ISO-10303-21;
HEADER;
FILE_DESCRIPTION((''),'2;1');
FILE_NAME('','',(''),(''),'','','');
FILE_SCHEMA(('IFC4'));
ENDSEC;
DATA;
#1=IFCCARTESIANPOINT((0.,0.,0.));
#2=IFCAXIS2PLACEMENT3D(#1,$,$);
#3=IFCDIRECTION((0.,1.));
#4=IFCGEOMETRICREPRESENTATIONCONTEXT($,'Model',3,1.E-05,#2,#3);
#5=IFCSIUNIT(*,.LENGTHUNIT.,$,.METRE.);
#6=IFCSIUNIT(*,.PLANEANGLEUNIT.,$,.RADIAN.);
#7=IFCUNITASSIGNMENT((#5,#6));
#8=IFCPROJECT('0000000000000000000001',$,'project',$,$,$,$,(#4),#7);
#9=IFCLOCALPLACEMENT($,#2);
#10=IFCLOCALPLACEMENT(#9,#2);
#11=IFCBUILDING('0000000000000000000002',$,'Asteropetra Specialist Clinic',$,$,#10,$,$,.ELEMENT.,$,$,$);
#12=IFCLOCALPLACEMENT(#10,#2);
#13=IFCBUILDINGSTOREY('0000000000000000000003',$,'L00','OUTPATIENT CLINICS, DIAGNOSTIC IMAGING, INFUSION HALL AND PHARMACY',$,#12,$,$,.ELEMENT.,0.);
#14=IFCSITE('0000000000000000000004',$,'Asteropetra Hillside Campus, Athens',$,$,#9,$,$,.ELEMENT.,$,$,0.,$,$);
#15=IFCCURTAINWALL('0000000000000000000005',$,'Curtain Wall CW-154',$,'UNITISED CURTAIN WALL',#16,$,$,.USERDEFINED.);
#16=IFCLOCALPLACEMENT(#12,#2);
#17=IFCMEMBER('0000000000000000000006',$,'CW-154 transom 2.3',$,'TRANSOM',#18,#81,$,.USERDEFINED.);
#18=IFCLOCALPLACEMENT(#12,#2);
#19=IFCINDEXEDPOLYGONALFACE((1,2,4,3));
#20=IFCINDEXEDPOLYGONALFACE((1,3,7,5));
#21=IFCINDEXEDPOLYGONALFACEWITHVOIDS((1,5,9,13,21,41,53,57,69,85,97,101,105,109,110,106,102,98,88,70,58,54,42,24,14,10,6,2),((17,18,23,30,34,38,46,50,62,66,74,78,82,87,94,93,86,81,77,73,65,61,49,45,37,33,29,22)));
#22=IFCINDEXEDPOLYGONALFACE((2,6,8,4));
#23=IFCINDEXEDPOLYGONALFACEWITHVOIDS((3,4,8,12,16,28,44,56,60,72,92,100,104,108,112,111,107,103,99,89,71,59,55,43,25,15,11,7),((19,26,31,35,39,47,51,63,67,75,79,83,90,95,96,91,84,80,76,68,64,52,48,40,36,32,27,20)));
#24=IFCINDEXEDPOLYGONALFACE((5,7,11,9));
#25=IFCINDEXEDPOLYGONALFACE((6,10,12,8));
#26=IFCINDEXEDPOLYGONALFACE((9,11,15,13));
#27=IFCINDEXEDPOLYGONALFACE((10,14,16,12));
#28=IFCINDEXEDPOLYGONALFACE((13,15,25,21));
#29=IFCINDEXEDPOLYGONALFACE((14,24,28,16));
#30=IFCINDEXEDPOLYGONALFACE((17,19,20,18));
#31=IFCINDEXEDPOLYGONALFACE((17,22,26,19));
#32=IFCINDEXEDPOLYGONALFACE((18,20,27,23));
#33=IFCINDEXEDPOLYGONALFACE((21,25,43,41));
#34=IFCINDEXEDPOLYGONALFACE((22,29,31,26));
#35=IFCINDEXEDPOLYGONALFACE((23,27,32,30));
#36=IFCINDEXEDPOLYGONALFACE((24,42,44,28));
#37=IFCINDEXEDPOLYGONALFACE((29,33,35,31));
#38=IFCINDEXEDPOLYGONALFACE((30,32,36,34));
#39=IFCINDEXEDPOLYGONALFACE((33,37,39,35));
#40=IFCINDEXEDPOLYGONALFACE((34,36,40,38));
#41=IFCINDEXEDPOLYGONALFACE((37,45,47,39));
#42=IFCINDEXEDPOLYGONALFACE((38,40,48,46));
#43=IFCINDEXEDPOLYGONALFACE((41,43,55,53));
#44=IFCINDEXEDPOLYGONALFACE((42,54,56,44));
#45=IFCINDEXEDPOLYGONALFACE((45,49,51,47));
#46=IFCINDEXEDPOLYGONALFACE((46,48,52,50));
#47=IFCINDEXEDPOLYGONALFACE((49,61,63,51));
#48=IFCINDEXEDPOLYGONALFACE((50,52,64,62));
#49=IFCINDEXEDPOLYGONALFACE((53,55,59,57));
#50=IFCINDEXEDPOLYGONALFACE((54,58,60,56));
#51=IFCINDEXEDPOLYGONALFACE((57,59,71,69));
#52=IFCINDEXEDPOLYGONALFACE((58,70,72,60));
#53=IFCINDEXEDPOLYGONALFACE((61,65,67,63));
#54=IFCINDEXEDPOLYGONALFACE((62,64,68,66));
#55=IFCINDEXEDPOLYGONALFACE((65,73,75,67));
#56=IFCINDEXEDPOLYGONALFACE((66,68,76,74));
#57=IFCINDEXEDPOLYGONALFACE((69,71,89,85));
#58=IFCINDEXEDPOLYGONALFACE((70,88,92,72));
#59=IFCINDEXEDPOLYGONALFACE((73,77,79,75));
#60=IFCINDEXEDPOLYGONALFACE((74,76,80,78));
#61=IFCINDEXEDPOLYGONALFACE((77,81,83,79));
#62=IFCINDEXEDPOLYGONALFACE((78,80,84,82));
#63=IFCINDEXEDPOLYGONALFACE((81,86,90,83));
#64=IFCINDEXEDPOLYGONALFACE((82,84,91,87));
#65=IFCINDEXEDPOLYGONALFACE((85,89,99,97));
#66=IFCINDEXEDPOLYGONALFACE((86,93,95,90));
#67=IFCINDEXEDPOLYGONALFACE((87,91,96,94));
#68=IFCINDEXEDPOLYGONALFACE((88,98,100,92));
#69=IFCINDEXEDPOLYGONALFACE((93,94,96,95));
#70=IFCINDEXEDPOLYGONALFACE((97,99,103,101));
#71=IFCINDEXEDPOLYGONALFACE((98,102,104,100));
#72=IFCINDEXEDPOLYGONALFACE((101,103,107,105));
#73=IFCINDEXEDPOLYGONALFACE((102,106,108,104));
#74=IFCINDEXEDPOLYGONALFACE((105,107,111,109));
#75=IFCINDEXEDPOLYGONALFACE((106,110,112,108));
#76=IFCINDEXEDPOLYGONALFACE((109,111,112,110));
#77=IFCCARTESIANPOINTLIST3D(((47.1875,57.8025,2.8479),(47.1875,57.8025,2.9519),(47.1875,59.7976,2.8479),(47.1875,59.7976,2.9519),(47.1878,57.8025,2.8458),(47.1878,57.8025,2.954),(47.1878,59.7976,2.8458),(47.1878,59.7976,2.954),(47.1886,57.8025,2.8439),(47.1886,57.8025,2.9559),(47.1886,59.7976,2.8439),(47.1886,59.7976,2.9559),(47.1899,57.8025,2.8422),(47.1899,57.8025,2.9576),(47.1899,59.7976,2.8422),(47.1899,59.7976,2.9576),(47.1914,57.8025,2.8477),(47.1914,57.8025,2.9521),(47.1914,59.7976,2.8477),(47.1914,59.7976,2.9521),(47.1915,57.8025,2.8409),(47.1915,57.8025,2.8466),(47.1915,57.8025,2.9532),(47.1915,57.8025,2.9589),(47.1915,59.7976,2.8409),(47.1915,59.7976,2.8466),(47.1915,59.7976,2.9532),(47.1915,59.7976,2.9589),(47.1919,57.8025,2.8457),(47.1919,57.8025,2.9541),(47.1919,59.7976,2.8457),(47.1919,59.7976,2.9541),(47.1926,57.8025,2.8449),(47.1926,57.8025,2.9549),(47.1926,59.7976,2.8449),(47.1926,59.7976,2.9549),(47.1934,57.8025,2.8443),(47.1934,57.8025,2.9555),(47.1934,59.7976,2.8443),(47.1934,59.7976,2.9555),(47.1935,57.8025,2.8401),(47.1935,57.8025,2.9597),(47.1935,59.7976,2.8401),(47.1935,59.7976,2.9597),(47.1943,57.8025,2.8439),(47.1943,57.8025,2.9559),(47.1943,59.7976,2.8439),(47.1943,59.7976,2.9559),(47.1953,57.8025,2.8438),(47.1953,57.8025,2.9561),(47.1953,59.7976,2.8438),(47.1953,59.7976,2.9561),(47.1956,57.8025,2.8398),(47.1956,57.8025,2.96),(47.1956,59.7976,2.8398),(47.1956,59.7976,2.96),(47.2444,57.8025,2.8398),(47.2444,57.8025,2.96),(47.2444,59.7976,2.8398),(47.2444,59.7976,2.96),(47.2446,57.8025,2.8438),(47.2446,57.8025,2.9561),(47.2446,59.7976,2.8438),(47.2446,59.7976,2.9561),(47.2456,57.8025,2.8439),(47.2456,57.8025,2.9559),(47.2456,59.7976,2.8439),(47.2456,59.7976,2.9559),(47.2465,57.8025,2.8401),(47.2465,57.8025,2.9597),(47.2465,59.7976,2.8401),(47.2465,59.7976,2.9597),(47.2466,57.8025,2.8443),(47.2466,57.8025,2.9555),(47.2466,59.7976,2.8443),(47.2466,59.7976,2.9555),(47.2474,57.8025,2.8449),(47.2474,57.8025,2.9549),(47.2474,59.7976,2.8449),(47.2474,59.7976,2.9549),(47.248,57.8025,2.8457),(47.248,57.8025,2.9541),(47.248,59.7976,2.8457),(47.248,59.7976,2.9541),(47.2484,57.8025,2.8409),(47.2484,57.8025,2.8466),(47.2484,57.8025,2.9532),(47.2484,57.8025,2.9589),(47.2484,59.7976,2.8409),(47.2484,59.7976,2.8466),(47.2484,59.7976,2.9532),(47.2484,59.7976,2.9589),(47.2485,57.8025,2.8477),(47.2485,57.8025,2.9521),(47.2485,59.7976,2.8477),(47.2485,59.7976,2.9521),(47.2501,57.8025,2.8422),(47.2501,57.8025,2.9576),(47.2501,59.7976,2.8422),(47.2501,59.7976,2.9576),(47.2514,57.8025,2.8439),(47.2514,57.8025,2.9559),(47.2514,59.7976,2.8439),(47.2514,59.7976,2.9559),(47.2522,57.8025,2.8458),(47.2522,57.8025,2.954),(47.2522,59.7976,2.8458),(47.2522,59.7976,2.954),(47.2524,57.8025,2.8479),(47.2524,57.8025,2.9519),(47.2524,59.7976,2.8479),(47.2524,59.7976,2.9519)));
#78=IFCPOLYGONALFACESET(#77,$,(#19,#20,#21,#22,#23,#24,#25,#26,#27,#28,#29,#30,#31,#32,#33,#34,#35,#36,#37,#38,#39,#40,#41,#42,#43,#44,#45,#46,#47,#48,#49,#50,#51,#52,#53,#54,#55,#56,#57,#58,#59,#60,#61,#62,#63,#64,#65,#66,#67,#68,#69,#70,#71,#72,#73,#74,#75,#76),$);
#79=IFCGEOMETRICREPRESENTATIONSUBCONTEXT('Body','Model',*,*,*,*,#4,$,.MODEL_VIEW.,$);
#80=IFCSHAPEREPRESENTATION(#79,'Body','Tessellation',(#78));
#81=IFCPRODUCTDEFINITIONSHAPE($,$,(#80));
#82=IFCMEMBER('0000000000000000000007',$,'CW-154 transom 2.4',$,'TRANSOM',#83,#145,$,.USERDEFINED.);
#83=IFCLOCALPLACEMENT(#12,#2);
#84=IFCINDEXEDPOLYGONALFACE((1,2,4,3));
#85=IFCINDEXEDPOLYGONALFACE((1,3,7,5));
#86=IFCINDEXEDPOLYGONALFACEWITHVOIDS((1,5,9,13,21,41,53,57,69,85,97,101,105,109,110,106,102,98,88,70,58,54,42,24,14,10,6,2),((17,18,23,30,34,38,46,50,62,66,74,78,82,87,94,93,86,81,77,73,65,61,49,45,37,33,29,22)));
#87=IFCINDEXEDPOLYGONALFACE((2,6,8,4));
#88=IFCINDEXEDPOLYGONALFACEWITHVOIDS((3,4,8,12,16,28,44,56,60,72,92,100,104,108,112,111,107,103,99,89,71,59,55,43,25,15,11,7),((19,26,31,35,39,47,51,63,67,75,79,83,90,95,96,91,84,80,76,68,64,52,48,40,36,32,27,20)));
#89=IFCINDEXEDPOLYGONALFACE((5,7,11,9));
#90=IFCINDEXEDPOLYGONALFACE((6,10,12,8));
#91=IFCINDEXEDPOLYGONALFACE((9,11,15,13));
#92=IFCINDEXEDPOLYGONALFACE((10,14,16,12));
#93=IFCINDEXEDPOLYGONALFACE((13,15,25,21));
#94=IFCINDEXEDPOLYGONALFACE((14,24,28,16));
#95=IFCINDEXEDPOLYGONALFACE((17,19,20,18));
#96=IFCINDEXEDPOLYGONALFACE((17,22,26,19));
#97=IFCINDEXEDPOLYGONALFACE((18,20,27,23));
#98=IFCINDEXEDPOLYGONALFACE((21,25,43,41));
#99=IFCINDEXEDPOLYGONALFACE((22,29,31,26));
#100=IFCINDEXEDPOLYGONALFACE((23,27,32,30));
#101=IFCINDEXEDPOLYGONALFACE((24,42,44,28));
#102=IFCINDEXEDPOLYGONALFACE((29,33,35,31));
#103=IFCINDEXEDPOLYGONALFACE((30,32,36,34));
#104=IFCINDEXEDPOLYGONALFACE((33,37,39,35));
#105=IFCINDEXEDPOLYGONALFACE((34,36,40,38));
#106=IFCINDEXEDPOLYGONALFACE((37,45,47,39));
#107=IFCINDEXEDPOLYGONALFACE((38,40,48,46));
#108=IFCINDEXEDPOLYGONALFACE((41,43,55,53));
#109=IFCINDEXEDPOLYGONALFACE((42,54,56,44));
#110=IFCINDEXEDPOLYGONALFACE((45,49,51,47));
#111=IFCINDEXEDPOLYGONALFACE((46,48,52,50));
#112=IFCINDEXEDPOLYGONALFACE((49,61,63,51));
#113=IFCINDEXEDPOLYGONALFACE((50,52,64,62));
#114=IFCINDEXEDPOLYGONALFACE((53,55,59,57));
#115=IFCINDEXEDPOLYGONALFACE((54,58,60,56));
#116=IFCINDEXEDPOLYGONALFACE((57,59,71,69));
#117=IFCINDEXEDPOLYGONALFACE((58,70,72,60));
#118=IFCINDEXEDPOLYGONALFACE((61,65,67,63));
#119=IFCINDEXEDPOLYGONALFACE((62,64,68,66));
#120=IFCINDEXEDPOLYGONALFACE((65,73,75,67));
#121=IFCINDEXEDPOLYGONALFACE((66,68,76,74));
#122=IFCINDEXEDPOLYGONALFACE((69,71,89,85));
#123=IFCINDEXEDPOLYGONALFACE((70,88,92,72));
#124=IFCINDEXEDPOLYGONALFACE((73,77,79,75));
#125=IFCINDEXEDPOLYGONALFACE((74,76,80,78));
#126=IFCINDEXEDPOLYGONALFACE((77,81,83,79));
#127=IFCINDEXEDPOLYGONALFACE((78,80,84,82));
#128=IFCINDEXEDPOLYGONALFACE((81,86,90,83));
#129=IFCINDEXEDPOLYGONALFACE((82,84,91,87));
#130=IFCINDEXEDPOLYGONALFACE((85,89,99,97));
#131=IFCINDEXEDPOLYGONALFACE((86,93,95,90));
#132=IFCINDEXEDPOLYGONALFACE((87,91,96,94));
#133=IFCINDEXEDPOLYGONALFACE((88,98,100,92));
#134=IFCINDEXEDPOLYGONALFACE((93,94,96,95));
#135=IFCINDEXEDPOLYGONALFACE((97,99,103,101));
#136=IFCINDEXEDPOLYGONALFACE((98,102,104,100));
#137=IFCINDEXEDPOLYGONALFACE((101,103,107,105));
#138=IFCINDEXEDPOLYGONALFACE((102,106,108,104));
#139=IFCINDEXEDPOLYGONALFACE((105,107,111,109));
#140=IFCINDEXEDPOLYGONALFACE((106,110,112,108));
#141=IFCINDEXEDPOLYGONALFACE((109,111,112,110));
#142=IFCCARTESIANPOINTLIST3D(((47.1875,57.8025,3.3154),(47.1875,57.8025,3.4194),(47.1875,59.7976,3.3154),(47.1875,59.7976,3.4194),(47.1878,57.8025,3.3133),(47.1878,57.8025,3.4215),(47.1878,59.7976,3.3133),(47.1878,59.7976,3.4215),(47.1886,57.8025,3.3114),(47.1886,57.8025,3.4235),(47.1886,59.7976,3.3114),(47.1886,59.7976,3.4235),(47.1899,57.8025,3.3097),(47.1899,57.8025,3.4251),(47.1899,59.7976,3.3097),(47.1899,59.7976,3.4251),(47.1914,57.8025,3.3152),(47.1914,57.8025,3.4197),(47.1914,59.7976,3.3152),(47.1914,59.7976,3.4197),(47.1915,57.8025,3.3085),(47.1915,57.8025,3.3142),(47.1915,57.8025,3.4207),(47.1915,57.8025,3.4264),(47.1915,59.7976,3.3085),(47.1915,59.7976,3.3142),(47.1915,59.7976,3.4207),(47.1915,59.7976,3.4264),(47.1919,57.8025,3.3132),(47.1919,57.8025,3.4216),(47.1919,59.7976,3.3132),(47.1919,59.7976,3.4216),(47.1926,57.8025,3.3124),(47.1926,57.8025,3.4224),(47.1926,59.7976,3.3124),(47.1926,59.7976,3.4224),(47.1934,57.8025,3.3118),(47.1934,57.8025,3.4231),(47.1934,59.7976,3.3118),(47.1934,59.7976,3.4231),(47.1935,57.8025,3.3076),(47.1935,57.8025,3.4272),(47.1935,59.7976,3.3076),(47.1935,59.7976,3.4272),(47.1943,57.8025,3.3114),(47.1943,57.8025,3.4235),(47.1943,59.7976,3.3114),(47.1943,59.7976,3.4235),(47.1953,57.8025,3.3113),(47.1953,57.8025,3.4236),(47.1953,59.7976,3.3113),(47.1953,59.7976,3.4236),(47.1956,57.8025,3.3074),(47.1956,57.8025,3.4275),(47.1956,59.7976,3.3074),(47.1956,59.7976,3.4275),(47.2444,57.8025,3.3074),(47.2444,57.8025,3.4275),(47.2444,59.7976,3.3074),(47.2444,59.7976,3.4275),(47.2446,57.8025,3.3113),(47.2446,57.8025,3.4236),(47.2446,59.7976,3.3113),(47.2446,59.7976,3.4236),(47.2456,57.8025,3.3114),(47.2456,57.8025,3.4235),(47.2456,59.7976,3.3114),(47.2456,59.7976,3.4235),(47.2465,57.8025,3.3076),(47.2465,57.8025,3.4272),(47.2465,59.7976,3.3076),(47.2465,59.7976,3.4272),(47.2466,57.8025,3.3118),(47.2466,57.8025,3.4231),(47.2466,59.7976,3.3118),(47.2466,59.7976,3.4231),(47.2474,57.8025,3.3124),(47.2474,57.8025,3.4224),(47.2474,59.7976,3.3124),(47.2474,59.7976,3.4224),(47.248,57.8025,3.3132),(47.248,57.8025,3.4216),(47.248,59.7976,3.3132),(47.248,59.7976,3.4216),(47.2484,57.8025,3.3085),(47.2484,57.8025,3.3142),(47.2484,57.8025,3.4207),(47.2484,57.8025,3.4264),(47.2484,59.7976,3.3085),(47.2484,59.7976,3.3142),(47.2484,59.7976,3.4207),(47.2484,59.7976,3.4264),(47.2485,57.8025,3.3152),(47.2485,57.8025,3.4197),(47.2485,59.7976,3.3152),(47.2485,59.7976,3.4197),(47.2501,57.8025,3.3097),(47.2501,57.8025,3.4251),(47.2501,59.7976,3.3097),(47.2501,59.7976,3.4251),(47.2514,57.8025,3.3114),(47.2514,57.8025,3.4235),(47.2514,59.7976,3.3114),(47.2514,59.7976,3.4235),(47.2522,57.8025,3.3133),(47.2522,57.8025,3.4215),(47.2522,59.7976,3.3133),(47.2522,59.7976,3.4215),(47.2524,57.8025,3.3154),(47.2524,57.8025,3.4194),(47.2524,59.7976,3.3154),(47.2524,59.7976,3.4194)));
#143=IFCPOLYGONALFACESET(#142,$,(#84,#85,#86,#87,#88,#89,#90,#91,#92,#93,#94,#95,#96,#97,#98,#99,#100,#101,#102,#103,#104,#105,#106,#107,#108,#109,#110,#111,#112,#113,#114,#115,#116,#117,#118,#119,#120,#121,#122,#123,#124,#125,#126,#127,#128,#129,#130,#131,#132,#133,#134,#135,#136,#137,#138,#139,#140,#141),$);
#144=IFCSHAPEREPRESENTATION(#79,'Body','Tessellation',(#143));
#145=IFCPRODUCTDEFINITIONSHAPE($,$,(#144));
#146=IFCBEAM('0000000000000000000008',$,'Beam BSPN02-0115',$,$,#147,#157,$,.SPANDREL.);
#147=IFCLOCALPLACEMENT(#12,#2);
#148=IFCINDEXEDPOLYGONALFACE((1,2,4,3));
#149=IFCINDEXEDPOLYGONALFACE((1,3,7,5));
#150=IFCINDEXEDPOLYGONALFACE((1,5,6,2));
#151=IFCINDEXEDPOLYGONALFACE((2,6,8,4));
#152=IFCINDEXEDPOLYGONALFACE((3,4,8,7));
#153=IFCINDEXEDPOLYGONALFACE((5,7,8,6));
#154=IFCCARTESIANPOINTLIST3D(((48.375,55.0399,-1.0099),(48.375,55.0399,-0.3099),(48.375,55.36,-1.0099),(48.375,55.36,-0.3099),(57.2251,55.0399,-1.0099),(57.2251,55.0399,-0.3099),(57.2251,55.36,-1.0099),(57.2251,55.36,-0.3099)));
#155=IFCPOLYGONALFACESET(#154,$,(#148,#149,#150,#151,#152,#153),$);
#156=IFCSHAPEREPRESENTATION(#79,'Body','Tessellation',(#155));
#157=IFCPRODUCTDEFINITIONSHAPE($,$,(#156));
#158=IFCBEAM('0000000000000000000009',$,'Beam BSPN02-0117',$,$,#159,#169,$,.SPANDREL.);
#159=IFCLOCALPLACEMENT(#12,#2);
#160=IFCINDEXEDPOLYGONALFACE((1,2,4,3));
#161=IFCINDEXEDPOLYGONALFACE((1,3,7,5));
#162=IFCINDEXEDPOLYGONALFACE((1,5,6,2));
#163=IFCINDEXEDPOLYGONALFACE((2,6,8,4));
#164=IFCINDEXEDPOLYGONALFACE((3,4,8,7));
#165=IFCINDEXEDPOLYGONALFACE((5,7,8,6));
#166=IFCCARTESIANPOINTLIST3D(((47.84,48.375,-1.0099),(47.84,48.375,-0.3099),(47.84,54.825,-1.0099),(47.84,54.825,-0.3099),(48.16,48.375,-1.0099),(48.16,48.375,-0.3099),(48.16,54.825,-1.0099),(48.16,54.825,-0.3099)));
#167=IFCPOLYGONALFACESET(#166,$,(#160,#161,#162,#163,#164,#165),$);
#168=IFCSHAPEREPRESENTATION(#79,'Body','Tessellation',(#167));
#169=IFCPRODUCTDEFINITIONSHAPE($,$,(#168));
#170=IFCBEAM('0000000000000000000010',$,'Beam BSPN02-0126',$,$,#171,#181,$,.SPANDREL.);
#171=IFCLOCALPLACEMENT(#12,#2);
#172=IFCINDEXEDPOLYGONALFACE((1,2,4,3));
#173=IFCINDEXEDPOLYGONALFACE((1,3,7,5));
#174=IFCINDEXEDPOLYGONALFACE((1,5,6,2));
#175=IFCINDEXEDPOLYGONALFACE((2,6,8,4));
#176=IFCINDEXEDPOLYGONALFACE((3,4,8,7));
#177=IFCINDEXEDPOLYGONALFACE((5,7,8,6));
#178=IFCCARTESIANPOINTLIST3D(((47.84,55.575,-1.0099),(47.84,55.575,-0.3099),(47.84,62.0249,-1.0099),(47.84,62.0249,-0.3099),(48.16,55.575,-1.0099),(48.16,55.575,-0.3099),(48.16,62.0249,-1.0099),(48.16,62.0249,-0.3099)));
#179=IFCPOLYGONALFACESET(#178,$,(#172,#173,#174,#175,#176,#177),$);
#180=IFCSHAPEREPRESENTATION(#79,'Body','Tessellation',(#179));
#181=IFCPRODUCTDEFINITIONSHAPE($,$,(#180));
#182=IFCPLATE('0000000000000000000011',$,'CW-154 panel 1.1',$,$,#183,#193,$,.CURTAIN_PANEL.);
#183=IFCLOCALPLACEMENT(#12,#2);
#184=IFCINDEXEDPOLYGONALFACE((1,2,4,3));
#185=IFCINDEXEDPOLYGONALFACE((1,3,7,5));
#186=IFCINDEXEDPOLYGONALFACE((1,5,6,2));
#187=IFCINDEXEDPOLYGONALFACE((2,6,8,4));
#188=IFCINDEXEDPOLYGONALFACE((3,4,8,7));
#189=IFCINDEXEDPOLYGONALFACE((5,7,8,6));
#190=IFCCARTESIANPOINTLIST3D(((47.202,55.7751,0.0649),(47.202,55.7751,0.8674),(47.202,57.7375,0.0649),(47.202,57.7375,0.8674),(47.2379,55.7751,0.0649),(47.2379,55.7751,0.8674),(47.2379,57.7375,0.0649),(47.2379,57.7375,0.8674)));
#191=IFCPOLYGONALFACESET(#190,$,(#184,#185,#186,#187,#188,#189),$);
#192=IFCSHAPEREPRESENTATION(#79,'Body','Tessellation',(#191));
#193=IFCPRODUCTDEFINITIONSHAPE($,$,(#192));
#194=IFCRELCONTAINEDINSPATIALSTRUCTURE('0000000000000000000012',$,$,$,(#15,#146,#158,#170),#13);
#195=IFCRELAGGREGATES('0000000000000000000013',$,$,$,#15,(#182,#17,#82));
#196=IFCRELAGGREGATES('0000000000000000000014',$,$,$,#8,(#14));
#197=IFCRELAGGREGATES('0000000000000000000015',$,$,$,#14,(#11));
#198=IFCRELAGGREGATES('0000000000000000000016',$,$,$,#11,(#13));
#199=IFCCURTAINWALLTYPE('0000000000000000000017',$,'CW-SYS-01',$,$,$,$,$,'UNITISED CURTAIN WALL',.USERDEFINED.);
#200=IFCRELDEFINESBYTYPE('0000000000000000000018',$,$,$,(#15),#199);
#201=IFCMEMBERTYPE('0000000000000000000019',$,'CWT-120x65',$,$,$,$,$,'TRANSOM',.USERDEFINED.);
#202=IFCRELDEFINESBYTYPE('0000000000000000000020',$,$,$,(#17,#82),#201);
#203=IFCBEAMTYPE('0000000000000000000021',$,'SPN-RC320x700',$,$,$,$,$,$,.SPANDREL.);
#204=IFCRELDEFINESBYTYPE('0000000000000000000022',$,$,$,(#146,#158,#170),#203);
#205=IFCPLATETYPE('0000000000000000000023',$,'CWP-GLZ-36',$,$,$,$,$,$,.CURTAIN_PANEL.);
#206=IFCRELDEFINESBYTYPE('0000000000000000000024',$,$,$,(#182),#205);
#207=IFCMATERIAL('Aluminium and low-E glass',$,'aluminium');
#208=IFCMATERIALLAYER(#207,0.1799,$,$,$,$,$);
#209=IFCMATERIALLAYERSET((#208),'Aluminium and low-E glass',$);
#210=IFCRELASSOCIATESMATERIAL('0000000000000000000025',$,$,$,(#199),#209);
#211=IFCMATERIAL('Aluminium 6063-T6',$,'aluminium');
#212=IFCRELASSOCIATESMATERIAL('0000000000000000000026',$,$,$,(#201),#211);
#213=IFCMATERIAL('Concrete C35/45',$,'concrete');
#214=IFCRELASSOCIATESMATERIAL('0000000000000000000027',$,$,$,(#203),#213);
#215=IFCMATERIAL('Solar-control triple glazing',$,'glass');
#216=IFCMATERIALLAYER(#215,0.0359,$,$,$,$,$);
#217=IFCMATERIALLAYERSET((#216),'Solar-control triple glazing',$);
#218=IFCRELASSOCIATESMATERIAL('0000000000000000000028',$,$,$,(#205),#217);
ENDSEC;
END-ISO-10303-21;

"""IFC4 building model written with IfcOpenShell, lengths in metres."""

from ifc_helpers import new_model, si_unit, direction, frame, origin, origin_2d, place, context, subcontext, project, spatial, rectangle, hollow_rectangle, extrude, material, layer, layer_set, material_profile, profile_set, type_object, element, aggregate, save


model = new_model("IFC4")

# Units and contexts
model_context = context("Model", 3, precision=1e-05, world=origin(), true_north=direction((0.0, 1.0)))
body_context = subcontext(model_context, "Body", "Model", "MODEL_VIEW")
ifc_project = project(units=[si_unit("LENGTHUNIT", "METRE"), si_unit("PLANEANGLEUNIT", "RADIAN")], contexts=[model_context])

# Site, building, storey
site_placement = place(None, origin())
site = spatial("IfcSite", under=ifc_project, at=site_placement, Name="Asteropetra Hillside Campus, Athens", CompositionType="ELEMENT", RefElevation=0.0)
building_placement = place(site_placement, origin())
building = spatial("IfcBuilding", under=site, at=building_placement, Name="Asteropetra Specialist Clinic", CompositionType="ELEMENT")
storey_placement = place(building_placement, origin())
storey = spatial("IfcBuildingStorey", under=building, at=storey_placement, Name="L00", Description="OUTPATIENT CLINICS, DIAGNOSTIC IMAGING, INFUSION HALL AND PHARMACY", CompositionType="ELEMENT", Elevation=0.0)

# Curtain wall, members
ifc_material_1 = material(Name="Aluminium and low-E glass", Category="aluminium")
ifc_layer_1 = layer(ifc_material_1, 0.1799)
ifc_layer_set_1 = layer_set([ifc_layer_1], Name="Aluminium and low-E glass")
curtain_wall_type = type_object("IfcCurtainWallType", Name="CW-SYS-01", ElementType="UNITISED CURTAIN WALL", PredefinedType="USERDEFINED", material=ifc_layer_set_1)
curtain_wall_placement = place(storey_placement, origin())
curtain_wall = element("IfcCurtainWall", 1, at=curtain_wall_placement, inside=storey, type_object=curtain_wall_type, Name="Curtain Wall CW-154", ObjectType="UNITISED CURTAIN WALL", PredefinedType="USERDEFINED")
ifc_material_2 = material(Name="Aluminium 6063-T6", Category="aluminium")
ifc_material_profile_1 = material_profile(ifc_material_2, hollow_rectangle(XDim=0.0649, YDim=0.1201, WallThickness=0.0039, InnerFilletRadius=0.0039, OuterFilletRadius=0.0081, at=origin_2d()), Name="TRN 120x65x4.0")
ifc_profile_set_1 = profile_set([ifc_material_profile_1], Name="Aluminium 6063-T6")
member_type_1 = type_object("IfcMemberType", Name="CWT-120x65", ElementType="TRANSOM", PredefinedType="USERDEFINED", material=ifc_profile_set_1)
member_1_placement = place(storey_placement, frame((47.22, 57.8025, 2.8999), z_axis=(0.0, 1.0, 0.0), x_axis=(-1.0, 0.0, 0.0)))
member_1 = element("IfcMember", 2, at=member_1_placement, type_object=member_type_1, Name="CW-154 transom 2.3", ObjectType="TRANSOM", PredefinedType="USERDEFINED", context=body_context, shape_type="SweptSolid", body=[
    extrude(hollow_rectangle(XDim=0.0649, YDim=0.1201, WallThickness=0.0039, InnerFilletRadius=0.0039, OuterFilletRadius=0.0081, at=origin_2d()), origin(), (0.0, 0.0, 1.0), 1.9951),
])
member_2_placement = place(storey_placement, frame((47.22, 57.8025, 3.3674), z_axis=(0.0, 1.0, 0.0), x_axis=(-1.0, 0.0, 0.0)))
member_2 = element("IfcMember", 3, at=member_2_placement, type_object=member_type_1, Name="CW-154 transom 2.4", ObjectType="TRANSOM", PredefinedType="USERDEFINED", context=body_context, shape_type="SweptSolid", body=[
    extrude(hollow_rectangle(XDim=0.0649, YDim=0.1201, WallThickness=0.0039, InnerFilletRadius=0.0039, OuterFilletRadius=0.0081, at=origin_2d()), origin(), (0.0, 0.0, 1.0), 1.9951),
])

# Beams
ifc_material_3 = material(Name="Concrete C35/45", Category="concrete")
ifc_material_profile_2 = material_profile(ifc_material_3, rectangle(XDim=0.3201, YDim=0.7, at=origin_2d()), Name="RCS 320x700")
ifc_profile_set_2 = profile_set([ifc_material_profile_2], Name="Concrete C35/45")
beam_type = type_object("IfcBeamType", Name="SPN-RC320x700", PredefinedType="SPANDREL", material=ifc_profile_set_2)
beam_placement = place(storey_placement, frame((48.375, 55.2, -0.6599), z_axis=(1.0, 0.0, 0.0), x_axis=(0.0, 1.0, 0.0)))
element("IfcBeam", 4, at=beam_placement, inside=storey, type_object=beam_type, Name="Beam BSPN02-0115", PredefinedType="SPANDREL", context=body_context, shape_type="SweptSolid", body=[
    extrude(rectangle(XDim=0.3201, YDim=0.7, at=origin_2d()), origin(), (0.0, 0.0, 1.0), 8.8501),
])
for number, where, z_axis, x_axis, name in (
    (5, (48.0, 48.375, -0.6599), (0.0, 1.0, 0.0), (-1.0, 0.0, 0.0), "Beam BSPN02-0117"),
    (6, (48.0, 55.575, -0.6599), (0.0, 1.0, 0.0), (-1.0, 0.0, 0.0), "Beam BSPN02-0126"),
):
    element("IfcBeam", number, at=place(storey_placement, frame(where, z_axis=z_axis, x_axis=x_axis)), inside=storey, type_object=beam_type, Name=name, PredefinedType="SPANDREL", context=body_context, shape_type="SweptSolid", body=[
        extrude(rectangle(XDim=0.3201, YDim=0.7, at=origin_2d()), origin(), (0.0, 0.0, 1.0), 6.45),
    ])

# Plate
ifc_material_4 = material(Name="Solar-control triple glazing", Category="glass")
ifc_layer_2 = layer(ifc_material_4, 0.0359)
ifc_layer_set_2 = layer_set([ifc_layer_2], Name="Solar-control triple glazing")
plate_type = type_object("IfcPlateType", Name="CWP-GLZ-36", PredefinedType="CURTAIN_PANEL", material=ifc_layer_set_2)
plate_1_placement = place(storey_placement, frame((47.22, 56.7563, 0.0649), z_axis=(0.0, 0.0, 1.0), x_axis=(0.0, 1.0, 0.0)))
plate_1 = element("IfcPlate", 7, at=plate_1_placement, type_object=plate_type, Name="CW-154 panel 1.1", PredefinedType="CURTAIN_PANEL", context=body_context, shape_type="SweptSolid", body=[
    extrude(rectangle(XDim=1.9624, YDim=0.0359, at=origin_2d()), origin(), (0.0, 0.0, 1.0), 0.8025),
])
aggregate(curtain_wall, [plate_1, member_1, member_2])

save(model, "model.ifc")
